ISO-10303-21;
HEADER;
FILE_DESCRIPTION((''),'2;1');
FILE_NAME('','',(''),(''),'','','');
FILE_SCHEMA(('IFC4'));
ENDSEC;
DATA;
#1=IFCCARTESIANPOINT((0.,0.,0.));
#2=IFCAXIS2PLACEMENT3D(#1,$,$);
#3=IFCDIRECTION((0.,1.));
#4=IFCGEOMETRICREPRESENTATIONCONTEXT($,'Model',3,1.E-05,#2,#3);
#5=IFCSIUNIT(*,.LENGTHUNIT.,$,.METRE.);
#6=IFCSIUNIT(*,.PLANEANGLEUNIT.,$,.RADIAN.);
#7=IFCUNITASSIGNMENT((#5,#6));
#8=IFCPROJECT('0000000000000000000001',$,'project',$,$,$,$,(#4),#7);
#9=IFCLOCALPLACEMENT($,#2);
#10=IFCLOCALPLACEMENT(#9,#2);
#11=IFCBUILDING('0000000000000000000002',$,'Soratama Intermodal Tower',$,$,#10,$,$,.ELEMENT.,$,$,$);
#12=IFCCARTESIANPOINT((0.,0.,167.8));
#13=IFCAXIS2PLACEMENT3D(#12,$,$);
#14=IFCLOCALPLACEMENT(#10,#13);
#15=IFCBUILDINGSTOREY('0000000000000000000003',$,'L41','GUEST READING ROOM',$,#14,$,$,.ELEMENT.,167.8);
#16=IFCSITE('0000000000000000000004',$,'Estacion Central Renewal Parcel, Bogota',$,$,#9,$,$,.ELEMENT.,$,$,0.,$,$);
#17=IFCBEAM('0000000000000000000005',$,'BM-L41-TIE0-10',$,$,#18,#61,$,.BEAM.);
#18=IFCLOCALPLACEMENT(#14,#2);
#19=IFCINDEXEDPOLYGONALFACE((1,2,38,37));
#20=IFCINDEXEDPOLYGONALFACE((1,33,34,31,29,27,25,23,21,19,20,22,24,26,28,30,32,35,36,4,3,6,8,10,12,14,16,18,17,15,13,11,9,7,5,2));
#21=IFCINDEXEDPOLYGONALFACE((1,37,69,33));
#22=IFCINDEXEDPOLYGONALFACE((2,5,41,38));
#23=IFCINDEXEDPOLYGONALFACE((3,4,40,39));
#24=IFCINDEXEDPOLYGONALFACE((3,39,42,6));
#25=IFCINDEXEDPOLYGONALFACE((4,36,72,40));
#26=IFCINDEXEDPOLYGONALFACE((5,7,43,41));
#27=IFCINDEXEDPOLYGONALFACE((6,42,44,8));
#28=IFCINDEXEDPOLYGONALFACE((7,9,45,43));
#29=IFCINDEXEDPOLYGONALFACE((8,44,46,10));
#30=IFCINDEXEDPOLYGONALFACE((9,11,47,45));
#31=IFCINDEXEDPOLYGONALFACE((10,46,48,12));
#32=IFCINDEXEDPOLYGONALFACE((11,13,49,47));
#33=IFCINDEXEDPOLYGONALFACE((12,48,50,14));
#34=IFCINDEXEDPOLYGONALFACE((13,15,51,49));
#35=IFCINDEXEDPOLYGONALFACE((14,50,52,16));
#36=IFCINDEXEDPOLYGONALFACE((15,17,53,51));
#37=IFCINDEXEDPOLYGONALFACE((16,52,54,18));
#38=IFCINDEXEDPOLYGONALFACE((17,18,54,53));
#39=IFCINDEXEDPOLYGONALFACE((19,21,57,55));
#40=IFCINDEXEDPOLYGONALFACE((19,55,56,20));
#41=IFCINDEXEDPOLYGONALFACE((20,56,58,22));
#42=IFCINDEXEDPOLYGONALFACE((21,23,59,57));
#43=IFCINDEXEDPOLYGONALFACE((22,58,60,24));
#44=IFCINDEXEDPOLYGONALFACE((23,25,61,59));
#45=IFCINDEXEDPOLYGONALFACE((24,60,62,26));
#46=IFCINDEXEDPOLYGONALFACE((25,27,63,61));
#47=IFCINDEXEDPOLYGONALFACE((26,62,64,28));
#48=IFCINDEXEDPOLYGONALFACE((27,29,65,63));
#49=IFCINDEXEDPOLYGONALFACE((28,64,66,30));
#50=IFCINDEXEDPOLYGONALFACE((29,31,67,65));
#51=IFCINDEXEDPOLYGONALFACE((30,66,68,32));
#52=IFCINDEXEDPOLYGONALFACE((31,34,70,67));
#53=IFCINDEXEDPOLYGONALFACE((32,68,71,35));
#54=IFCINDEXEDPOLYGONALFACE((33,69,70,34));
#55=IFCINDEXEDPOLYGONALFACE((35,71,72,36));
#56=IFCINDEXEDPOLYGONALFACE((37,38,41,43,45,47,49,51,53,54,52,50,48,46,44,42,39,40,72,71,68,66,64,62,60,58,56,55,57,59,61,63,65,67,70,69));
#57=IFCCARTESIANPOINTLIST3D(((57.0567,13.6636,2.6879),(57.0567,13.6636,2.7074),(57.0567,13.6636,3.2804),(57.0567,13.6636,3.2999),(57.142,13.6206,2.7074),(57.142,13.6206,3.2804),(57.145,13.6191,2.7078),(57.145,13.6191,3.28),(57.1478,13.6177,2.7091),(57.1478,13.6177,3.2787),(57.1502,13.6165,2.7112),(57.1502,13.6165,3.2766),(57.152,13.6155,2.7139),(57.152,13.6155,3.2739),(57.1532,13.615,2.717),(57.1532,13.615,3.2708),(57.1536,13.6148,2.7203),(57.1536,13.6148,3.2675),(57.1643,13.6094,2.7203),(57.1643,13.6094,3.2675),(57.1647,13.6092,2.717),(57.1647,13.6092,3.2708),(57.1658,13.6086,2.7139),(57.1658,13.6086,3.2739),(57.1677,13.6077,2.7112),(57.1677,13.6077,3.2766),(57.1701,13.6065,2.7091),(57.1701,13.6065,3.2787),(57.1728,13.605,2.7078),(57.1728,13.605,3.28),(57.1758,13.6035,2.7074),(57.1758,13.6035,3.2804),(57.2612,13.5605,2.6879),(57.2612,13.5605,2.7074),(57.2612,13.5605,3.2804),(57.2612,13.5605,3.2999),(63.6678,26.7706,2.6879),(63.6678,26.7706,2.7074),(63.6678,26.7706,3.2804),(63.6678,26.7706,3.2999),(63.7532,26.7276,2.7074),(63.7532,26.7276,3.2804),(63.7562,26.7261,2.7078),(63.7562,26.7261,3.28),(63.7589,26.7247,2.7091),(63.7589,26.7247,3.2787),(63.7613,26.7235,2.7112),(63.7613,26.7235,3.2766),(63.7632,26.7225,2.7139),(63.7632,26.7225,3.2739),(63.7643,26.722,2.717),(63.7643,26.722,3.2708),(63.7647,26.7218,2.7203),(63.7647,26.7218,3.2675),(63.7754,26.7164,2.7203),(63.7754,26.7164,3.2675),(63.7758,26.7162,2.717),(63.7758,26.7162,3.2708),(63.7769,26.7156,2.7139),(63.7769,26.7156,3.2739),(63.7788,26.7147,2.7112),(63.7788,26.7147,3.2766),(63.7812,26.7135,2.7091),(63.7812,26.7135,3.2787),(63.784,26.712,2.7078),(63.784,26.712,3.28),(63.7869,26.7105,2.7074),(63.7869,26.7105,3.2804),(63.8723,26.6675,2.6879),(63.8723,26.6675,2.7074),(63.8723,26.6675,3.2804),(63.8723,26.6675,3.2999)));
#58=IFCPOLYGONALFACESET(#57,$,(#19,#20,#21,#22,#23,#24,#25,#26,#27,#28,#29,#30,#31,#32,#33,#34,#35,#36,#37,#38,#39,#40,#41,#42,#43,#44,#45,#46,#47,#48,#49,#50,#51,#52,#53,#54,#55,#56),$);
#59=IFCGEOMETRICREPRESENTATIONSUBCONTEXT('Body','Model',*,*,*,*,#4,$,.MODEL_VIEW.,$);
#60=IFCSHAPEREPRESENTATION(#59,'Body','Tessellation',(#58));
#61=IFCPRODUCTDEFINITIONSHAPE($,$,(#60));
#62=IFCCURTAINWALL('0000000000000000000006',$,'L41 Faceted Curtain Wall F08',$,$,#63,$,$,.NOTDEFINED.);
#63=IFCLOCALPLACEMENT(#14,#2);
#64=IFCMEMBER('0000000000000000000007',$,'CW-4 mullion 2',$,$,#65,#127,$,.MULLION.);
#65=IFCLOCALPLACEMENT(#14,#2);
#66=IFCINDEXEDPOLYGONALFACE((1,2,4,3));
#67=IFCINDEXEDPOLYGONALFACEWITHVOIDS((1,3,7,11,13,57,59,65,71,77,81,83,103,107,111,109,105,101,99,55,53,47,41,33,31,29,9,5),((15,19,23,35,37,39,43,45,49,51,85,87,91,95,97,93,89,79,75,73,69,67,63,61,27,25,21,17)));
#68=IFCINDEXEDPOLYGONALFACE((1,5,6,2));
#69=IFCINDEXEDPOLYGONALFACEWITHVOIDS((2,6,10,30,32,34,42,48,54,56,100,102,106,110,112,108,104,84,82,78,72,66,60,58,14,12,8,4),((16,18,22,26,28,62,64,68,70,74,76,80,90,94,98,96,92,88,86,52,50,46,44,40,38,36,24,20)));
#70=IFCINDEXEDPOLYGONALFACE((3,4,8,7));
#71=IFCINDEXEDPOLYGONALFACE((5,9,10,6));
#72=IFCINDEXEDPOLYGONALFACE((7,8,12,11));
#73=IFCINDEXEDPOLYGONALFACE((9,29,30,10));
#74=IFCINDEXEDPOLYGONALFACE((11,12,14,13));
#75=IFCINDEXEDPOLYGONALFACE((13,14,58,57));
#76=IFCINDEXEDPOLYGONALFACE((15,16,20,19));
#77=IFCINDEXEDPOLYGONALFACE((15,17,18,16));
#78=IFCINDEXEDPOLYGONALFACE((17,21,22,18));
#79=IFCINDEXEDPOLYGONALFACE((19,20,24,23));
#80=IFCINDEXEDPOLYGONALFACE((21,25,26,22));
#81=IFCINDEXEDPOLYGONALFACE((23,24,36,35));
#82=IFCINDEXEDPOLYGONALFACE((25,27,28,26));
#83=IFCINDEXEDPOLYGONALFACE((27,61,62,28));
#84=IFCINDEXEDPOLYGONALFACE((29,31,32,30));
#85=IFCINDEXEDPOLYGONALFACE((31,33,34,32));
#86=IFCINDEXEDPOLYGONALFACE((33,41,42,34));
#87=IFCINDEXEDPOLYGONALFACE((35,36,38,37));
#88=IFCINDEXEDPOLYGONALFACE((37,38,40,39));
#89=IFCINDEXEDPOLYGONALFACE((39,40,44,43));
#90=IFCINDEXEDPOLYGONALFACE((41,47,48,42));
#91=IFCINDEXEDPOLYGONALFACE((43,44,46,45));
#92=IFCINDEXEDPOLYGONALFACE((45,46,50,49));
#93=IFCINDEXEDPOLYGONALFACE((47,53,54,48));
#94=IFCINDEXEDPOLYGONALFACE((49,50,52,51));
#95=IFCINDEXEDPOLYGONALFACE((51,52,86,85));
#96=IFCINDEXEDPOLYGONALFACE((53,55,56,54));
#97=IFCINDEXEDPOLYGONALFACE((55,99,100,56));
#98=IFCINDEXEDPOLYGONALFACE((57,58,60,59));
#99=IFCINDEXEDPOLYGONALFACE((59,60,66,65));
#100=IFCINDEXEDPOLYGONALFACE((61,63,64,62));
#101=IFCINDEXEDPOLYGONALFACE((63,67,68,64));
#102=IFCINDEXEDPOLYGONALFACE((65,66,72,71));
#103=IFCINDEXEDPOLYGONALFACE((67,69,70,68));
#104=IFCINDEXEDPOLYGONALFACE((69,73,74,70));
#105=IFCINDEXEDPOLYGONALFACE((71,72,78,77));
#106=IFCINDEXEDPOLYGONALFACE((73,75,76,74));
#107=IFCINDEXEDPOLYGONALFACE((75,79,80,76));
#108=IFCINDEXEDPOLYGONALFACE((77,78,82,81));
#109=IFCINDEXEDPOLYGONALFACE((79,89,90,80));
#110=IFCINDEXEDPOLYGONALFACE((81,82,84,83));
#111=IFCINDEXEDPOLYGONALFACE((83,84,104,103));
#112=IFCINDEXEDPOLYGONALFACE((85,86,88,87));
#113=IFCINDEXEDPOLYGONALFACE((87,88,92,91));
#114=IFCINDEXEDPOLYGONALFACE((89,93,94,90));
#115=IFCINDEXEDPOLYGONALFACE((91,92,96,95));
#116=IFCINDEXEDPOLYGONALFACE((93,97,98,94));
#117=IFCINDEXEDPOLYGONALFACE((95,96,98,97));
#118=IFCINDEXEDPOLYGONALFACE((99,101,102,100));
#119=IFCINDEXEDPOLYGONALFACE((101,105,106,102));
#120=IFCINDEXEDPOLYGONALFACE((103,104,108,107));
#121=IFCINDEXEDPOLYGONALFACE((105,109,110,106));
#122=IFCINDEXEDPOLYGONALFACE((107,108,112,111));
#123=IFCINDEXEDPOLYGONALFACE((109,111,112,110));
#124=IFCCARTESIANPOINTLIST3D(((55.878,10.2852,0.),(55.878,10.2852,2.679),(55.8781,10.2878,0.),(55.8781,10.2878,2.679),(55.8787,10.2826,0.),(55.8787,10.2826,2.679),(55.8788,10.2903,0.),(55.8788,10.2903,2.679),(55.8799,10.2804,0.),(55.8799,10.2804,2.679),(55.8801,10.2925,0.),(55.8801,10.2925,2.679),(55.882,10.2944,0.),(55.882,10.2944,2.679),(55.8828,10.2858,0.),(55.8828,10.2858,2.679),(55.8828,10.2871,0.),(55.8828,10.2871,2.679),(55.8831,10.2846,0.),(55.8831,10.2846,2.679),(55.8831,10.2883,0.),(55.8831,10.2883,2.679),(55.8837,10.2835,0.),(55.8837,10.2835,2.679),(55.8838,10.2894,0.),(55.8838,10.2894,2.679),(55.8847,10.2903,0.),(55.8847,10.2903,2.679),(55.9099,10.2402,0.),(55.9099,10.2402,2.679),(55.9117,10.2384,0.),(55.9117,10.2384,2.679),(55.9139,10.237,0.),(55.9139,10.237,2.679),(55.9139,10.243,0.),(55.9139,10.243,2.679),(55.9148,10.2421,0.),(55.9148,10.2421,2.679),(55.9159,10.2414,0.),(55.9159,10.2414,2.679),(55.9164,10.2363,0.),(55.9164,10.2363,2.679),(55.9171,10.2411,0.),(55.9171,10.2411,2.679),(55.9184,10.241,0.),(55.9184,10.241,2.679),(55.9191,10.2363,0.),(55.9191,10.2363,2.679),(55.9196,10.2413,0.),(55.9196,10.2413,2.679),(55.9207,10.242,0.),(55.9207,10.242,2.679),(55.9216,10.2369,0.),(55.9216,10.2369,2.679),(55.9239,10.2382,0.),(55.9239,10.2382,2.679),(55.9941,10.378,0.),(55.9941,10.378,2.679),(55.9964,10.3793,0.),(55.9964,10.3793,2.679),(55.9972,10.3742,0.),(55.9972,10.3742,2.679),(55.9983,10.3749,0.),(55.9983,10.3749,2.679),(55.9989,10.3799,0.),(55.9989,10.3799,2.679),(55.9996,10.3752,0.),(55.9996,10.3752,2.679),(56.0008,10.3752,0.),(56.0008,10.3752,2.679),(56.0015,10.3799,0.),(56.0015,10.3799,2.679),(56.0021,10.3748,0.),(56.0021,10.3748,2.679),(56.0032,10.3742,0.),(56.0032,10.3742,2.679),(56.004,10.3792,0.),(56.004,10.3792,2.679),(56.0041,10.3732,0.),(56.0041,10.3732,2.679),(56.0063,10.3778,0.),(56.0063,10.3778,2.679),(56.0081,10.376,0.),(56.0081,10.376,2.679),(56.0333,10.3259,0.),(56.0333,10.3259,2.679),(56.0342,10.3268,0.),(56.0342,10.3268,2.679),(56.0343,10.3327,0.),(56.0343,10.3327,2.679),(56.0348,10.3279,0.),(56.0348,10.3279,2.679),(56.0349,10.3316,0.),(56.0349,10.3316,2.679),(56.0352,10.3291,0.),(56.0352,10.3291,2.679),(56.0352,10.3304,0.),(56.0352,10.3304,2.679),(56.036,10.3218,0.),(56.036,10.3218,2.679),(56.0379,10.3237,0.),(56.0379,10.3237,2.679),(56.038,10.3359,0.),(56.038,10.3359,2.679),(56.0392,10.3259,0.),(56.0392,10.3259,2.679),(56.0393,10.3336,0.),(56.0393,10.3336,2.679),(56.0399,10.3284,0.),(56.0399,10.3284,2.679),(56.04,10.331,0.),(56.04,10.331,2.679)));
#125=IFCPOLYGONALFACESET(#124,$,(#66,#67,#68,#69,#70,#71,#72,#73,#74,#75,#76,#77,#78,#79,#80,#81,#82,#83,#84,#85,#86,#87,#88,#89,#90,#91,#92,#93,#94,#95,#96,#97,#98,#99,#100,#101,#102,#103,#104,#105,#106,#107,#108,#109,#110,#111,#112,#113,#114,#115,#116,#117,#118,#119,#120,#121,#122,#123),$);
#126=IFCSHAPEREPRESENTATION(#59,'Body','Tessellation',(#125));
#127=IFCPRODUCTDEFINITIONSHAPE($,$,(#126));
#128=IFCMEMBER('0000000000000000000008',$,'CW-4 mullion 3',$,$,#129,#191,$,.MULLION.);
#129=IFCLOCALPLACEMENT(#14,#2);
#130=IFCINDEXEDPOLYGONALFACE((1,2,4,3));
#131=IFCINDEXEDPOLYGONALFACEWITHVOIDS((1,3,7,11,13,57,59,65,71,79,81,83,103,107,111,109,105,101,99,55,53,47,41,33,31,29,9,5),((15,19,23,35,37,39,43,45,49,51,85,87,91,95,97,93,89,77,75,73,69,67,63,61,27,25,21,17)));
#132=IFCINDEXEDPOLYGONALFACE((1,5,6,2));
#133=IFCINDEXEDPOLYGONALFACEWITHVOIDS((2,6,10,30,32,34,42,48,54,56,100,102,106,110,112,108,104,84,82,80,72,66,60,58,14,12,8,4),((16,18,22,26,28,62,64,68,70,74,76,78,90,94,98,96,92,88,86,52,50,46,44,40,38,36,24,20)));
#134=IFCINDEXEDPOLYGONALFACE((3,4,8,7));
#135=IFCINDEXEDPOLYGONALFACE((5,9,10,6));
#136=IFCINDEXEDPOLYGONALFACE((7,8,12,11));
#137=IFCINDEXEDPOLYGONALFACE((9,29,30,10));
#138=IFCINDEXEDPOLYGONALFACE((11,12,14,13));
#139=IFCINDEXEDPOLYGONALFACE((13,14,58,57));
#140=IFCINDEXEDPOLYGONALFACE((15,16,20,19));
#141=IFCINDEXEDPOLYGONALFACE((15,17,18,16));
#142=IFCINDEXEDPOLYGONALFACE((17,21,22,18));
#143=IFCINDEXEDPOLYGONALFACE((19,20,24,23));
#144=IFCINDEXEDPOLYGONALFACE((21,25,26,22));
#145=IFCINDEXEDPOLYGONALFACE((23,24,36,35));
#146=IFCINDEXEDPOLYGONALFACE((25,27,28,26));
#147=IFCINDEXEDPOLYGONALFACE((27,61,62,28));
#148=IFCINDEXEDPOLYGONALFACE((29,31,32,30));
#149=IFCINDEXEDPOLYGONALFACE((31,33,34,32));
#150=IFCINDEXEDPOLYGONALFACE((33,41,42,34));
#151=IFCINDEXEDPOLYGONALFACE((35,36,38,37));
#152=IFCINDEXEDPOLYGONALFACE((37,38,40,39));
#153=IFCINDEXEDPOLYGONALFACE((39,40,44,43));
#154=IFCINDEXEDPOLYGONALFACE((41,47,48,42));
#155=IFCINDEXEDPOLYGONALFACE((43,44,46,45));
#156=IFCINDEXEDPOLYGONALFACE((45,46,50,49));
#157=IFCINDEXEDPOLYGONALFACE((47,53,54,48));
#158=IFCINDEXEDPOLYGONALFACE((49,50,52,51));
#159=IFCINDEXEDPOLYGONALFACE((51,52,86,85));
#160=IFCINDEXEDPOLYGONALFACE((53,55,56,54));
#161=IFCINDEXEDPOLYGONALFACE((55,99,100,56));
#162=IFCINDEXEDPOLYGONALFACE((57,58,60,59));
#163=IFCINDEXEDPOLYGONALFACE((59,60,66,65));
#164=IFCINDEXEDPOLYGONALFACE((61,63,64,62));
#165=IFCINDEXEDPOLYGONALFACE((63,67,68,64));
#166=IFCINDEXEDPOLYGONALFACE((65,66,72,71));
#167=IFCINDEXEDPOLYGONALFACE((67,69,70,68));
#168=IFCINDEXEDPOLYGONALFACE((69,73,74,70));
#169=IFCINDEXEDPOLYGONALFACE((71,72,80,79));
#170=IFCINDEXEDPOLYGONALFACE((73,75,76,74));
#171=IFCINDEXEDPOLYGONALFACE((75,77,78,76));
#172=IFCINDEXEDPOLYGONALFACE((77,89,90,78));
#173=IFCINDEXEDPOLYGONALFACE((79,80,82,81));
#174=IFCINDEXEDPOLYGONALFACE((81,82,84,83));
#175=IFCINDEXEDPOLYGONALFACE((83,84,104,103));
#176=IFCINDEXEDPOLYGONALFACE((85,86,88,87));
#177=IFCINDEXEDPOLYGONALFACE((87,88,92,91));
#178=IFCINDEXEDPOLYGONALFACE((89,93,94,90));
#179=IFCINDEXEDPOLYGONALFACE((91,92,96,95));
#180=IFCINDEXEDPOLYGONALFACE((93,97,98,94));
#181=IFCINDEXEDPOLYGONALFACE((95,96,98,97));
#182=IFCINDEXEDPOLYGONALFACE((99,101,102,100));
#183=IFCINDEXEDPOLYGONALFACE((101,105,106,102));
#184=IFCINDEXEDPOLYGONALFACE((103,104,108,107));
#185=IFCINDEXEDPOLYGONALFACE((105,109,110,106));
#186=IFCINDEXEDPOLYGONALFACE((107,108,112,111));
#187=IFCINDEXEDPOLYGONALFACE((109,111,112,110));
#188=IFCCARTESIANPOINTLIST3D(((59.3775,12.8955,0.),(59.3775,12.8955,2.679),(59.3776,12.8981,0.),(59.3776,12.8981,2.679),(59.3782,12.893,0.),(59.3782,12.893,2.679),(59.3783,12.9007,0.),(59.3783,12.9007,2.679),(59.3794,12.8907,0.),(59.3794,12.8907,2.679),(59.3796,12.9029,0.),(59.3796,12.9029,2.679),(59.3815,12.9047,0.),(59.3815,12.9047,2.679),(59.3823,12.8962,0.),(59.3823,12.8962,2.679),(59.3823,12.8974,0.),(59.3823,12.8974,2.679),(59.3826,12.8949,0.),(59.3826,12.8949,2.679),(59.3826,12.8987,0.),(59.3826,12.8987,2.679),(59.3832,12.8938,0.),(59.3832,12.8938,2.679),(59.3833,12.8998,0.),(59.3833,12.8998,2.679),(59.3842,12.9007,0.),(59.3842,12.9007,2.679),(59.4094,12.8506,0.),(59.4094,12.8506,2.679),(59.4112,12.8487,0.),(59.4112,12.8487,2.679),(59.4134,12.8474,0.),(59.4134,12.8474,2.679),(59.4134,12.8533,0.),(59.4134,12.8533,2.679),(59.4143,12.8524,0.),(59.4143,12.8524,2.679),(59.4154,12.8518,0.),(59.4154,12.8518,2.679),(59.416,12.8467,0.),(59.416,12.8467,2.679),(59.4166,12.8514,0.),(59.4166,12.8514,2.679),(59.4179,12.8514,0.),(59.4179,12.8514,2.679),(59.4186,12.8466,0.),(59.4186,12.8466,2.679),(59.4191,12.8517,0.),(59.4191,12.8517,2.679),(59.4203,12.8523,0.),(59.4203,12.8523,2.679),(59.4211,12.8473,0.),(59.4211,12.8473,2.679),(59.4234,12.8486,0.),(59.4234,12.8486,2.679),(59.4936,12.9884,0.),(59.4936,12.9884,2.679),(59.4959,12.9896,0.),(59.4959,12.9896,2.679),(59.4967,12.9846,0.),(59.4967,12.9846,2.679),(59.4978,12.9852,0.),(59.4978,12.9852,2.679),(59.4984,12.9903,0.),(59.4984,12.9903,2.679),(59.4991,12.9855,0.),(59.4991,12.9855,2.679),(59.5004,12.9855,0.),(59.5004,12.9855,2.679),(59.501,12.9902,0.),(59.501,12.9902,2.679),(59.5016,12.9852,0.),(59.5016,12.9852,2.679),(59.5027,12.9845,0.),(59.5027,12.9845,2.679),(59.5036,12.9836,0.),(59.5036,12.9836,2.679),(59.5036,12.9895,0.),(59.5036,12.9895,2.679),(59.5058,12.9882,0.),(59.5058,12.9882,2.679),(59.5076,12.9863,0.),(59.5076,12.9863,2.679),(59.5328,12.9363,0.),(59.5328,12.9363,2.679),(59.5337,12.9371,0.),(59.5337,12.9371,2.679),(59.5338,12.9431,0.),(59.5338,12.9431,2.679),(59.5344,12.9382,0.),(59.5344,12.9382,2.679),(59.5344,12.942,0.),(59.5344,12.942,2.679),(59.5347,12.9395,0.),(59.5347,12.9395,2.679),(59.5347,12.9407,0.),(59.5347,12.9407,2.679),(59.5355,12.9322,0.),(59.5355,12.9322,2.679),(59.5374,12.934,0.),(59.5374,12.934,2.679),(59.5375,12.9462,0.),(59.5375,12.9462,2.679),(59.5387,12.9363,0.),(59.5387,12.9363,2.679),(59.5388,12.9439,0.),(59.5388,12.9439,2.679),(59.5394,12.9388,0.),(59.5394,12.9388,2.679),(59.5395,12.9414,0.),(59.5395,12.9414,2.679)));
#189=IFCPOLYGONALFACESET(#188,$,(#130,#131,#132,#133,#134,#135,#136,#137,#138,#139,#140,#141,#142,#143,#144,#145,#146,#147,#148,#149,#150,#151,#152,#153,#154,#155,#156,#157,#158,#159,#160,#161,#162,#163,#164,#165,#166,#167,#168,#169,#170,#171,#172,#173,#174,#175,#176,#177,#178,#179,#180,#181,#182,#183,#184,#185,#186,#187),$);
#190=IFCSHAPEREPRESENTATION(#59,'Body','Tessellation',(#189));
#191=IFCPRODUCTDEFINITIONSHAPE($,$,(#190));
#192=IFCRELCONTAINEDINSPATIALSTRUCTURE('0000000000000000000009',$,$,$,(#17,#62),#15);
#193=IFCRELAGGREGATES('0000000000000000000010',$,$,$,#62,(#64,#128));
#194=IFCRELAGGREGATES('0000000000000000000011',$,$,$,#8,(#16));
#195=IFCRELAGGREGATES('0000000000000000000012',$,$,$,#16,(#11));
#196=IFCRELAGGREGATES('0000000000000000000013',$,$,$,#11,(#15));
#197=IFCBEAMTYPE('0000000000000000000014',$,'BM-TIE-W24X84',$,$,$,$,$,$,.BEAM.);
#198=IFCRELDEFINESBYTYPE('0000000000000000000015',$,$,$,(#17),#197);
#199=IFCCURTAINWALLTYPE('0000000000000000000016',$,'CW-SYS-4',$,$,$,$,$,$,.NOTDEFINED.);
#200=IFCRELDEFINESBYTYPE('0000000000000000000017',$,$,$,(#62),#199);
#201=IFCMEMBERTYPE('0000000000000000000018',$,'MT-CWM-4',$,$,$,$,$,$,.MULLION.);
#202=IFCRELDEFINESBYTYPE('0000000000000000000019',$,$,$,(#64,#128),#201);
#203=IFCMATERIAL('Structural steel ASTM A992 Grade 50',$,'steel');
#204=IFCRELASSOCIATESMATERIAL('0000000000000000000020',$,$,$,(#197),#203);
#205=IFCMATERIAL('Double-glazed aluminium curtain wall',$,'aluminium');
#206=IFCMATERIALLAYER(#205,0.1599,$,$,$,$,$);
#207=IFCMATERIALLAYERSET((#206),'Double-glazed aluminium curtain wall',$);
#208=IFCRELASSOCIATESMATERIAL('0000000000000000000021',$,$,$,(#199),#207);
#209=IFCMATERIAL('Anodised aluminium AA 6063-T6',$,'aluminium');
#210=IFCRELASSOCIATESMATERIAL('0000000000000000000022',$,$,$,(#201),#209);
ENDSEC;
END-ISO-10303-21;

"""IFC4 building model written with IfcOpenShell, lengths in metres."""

from ifc_helpers import new_model, si_unit, direction, frame, origin, origin_2d, place, context, subcontext, project, spatial, hollow_rectangle, i_section, extrude, material, layer, layer_set, material_profile, profile_set, type_object, element, aggregate, save


model = new_model("IFC4")

# Units and contexts
model_context = context("Model", 3, precision=1e-05, world=origin(), true_north=direction((0.0, 1.0)))
body_context = subcontext(model_context, "Body", "Model", "MODEL_VIEW")
ifc_project = project(units=[si_unit("LENGTHUNIT", "METRE"), si_unit("PLANEANGLEUNIT", "RADIAN")], contexts=[model_context])

# Site, building, storey
site_placement = place(None, origin())
site = spatial("IfcSite", under=ifc_project, at=site_placement, Name="Estacion Central Renewal Parcel, Bogota", CompositionType="ELEMENT", RefElevation=0.0)
building_placement = place(site_placement, origin())
building = spatial("IfcBuilding", under=site, at=building_placement, Name="Soratama Intermodal Tower", CompositionType="ELEMENT")
storey_placement = place(building_placement, frame((0.0, 0.0, 167.8)))
storey = spatial("IfcBuildingStorey", under=building, at=storey_placement, Name="L41", Description="GUEST READING ROOM", CompositionType="ELEMENT", Elevation=167.8)

# Beam
ifc_material_1 = material(Name="Structural steel ASTM A992 Grade 50", Category="steel")
ifc_material_profile_1 = material_profile(ifc_material_1, i_section(OverallWidth=0.229, OverallDepth=0.6121, WebThickness=0.012, FlangeThickness=0.0195, FilletRadius=0.0129, at=origin_2d()), Name="W24X84")
ifc_profile_set_1 = profile_set([ifc_material_profile_1], Name="Structural steel ASTM A992 Grade 50")
beam_type_1 = type_object("IfcBeamType", Name="BM-TIE-W24X84", PredefinedType="BEAM", material=ifc_profile_set_1)
beam_1_placement = place(storey_placement, frame((57.1589, 13.6121, 2.9939), z_axis=(0.450351, 0.892852, 0.0), x_axis=(-0.892852, 0.450351, 0.0)))
element("IfcBeam", 1, at=beam_1_placement, inside=storey, type_object=beam_type_1, Name="BM-L41-TIE0-10", PredefinedType="BEAM", context=body_context, shape_type="SweptSolid", body=[
    extrude(i_section(OverallWidth=0.229, OverallDepth=0.6121, WebThickness=0.012, FlangeThickness=0.0195, FilletRadius=0.0129, at=origin_2d()), origin(), (0.0, 0.0, 1.0), 14.6799),
])

# Curtain wall, members
ifc_material_2 = material(Name="Double-glazed aluminium curtain wall", Category="aluminium")
ifc_layer_1 = layer(ifc_material_2, 0.1599)
ifc_layer_set_1 = layer_set([ifc_layer_1], Name="Double-glazed aluminium curtain wall")
curtain_wall_type = type_object("IfcCurtainWallType", Name="CW-SYS-4", PredefinedType="NOTDEFINED", material=ifc_layer_set_1)
curtain_wall_1_placement = place(storey_placement, origin())
curtain_wall_1 = element("IfcCurtainWall", 2, at=curtain_wall_1_placement, inside=storey, type_object=curtain_wall_type, Name="L41 Faceted Curtain Wall F08", PredefinedType="NOTDEFINED")
ifc_material_3 = material(Name="Anodised aluminium AA 6063-T6", Category="aluminium")
ifc_material_profile_2 = material_profile(ifc_material_3, hollow_rectangle(XDim=0.0701, YDim=0.1599, WallThickness=0.0049, InnerFilletRadius=0.0049, OuterFilletRadius=0.01, at=origin_2d()), Name="CWM160X70X5")
ifc_profile_set_2 = profile_set([ifc_material_profile_2], Name="Anodised aluminium AA 6063-T6")
member_type_1 = type_object("IfcMemberType", Name="MT-CWM-4", PredefinedType="MULLION", material=ifc_profile_set_2)
member_1_placement = place(storey_placement, frame((55.959, 10.3081, 0.0), z_axis=(0.0, 0.0, 1.0), x_axis=(-0.597907, 0.801566, 0.0)))
member_1 = element("IfcMember", 3, at=member_1_placement, type_object=member_type_1, Name="CW-4 mullion 2", PredefinedType="MULLION", context=body_context, shape_type="SweptSolid", body=[
    extrude(hollow_rectangle(XDim=0.0701, YDim=0.1599, WallThickness=0.0049, InnerFilletRadius=0.0049, OuterFilletRadius=0.01, at=origin_2d()), origin(), (0.0, 0.0, 1.0), 2.679),
])
member_2_placement = place(storey_placement, frame((59.4585, 12.9185, 0.0), z_axis=(0.0, 0.0, 1.0), x_axis=(-0.597907, 0.801566, 0.0)))
member_2 = element("IfcMember", 4, at=member_2_placement, type_object=member_type_1, Name="CW-4 mullion 3", PredefinedType="MULLION", context=body_context, shape_type="SweptSolid", body=[
    extrude(hollow_rectangle(XDim=0.0701, YDim=0.1599, WallThickness=0.0049, InnerFilletRadius=0.0049, OuterFilletRadius=0.01, at=origin_2d()), origin(), (0.0, 0.0, 1.0), 2.679),
])

aggregate(curtain_wall_1, [member_1, member_2])

save(model, "model.ifc")
